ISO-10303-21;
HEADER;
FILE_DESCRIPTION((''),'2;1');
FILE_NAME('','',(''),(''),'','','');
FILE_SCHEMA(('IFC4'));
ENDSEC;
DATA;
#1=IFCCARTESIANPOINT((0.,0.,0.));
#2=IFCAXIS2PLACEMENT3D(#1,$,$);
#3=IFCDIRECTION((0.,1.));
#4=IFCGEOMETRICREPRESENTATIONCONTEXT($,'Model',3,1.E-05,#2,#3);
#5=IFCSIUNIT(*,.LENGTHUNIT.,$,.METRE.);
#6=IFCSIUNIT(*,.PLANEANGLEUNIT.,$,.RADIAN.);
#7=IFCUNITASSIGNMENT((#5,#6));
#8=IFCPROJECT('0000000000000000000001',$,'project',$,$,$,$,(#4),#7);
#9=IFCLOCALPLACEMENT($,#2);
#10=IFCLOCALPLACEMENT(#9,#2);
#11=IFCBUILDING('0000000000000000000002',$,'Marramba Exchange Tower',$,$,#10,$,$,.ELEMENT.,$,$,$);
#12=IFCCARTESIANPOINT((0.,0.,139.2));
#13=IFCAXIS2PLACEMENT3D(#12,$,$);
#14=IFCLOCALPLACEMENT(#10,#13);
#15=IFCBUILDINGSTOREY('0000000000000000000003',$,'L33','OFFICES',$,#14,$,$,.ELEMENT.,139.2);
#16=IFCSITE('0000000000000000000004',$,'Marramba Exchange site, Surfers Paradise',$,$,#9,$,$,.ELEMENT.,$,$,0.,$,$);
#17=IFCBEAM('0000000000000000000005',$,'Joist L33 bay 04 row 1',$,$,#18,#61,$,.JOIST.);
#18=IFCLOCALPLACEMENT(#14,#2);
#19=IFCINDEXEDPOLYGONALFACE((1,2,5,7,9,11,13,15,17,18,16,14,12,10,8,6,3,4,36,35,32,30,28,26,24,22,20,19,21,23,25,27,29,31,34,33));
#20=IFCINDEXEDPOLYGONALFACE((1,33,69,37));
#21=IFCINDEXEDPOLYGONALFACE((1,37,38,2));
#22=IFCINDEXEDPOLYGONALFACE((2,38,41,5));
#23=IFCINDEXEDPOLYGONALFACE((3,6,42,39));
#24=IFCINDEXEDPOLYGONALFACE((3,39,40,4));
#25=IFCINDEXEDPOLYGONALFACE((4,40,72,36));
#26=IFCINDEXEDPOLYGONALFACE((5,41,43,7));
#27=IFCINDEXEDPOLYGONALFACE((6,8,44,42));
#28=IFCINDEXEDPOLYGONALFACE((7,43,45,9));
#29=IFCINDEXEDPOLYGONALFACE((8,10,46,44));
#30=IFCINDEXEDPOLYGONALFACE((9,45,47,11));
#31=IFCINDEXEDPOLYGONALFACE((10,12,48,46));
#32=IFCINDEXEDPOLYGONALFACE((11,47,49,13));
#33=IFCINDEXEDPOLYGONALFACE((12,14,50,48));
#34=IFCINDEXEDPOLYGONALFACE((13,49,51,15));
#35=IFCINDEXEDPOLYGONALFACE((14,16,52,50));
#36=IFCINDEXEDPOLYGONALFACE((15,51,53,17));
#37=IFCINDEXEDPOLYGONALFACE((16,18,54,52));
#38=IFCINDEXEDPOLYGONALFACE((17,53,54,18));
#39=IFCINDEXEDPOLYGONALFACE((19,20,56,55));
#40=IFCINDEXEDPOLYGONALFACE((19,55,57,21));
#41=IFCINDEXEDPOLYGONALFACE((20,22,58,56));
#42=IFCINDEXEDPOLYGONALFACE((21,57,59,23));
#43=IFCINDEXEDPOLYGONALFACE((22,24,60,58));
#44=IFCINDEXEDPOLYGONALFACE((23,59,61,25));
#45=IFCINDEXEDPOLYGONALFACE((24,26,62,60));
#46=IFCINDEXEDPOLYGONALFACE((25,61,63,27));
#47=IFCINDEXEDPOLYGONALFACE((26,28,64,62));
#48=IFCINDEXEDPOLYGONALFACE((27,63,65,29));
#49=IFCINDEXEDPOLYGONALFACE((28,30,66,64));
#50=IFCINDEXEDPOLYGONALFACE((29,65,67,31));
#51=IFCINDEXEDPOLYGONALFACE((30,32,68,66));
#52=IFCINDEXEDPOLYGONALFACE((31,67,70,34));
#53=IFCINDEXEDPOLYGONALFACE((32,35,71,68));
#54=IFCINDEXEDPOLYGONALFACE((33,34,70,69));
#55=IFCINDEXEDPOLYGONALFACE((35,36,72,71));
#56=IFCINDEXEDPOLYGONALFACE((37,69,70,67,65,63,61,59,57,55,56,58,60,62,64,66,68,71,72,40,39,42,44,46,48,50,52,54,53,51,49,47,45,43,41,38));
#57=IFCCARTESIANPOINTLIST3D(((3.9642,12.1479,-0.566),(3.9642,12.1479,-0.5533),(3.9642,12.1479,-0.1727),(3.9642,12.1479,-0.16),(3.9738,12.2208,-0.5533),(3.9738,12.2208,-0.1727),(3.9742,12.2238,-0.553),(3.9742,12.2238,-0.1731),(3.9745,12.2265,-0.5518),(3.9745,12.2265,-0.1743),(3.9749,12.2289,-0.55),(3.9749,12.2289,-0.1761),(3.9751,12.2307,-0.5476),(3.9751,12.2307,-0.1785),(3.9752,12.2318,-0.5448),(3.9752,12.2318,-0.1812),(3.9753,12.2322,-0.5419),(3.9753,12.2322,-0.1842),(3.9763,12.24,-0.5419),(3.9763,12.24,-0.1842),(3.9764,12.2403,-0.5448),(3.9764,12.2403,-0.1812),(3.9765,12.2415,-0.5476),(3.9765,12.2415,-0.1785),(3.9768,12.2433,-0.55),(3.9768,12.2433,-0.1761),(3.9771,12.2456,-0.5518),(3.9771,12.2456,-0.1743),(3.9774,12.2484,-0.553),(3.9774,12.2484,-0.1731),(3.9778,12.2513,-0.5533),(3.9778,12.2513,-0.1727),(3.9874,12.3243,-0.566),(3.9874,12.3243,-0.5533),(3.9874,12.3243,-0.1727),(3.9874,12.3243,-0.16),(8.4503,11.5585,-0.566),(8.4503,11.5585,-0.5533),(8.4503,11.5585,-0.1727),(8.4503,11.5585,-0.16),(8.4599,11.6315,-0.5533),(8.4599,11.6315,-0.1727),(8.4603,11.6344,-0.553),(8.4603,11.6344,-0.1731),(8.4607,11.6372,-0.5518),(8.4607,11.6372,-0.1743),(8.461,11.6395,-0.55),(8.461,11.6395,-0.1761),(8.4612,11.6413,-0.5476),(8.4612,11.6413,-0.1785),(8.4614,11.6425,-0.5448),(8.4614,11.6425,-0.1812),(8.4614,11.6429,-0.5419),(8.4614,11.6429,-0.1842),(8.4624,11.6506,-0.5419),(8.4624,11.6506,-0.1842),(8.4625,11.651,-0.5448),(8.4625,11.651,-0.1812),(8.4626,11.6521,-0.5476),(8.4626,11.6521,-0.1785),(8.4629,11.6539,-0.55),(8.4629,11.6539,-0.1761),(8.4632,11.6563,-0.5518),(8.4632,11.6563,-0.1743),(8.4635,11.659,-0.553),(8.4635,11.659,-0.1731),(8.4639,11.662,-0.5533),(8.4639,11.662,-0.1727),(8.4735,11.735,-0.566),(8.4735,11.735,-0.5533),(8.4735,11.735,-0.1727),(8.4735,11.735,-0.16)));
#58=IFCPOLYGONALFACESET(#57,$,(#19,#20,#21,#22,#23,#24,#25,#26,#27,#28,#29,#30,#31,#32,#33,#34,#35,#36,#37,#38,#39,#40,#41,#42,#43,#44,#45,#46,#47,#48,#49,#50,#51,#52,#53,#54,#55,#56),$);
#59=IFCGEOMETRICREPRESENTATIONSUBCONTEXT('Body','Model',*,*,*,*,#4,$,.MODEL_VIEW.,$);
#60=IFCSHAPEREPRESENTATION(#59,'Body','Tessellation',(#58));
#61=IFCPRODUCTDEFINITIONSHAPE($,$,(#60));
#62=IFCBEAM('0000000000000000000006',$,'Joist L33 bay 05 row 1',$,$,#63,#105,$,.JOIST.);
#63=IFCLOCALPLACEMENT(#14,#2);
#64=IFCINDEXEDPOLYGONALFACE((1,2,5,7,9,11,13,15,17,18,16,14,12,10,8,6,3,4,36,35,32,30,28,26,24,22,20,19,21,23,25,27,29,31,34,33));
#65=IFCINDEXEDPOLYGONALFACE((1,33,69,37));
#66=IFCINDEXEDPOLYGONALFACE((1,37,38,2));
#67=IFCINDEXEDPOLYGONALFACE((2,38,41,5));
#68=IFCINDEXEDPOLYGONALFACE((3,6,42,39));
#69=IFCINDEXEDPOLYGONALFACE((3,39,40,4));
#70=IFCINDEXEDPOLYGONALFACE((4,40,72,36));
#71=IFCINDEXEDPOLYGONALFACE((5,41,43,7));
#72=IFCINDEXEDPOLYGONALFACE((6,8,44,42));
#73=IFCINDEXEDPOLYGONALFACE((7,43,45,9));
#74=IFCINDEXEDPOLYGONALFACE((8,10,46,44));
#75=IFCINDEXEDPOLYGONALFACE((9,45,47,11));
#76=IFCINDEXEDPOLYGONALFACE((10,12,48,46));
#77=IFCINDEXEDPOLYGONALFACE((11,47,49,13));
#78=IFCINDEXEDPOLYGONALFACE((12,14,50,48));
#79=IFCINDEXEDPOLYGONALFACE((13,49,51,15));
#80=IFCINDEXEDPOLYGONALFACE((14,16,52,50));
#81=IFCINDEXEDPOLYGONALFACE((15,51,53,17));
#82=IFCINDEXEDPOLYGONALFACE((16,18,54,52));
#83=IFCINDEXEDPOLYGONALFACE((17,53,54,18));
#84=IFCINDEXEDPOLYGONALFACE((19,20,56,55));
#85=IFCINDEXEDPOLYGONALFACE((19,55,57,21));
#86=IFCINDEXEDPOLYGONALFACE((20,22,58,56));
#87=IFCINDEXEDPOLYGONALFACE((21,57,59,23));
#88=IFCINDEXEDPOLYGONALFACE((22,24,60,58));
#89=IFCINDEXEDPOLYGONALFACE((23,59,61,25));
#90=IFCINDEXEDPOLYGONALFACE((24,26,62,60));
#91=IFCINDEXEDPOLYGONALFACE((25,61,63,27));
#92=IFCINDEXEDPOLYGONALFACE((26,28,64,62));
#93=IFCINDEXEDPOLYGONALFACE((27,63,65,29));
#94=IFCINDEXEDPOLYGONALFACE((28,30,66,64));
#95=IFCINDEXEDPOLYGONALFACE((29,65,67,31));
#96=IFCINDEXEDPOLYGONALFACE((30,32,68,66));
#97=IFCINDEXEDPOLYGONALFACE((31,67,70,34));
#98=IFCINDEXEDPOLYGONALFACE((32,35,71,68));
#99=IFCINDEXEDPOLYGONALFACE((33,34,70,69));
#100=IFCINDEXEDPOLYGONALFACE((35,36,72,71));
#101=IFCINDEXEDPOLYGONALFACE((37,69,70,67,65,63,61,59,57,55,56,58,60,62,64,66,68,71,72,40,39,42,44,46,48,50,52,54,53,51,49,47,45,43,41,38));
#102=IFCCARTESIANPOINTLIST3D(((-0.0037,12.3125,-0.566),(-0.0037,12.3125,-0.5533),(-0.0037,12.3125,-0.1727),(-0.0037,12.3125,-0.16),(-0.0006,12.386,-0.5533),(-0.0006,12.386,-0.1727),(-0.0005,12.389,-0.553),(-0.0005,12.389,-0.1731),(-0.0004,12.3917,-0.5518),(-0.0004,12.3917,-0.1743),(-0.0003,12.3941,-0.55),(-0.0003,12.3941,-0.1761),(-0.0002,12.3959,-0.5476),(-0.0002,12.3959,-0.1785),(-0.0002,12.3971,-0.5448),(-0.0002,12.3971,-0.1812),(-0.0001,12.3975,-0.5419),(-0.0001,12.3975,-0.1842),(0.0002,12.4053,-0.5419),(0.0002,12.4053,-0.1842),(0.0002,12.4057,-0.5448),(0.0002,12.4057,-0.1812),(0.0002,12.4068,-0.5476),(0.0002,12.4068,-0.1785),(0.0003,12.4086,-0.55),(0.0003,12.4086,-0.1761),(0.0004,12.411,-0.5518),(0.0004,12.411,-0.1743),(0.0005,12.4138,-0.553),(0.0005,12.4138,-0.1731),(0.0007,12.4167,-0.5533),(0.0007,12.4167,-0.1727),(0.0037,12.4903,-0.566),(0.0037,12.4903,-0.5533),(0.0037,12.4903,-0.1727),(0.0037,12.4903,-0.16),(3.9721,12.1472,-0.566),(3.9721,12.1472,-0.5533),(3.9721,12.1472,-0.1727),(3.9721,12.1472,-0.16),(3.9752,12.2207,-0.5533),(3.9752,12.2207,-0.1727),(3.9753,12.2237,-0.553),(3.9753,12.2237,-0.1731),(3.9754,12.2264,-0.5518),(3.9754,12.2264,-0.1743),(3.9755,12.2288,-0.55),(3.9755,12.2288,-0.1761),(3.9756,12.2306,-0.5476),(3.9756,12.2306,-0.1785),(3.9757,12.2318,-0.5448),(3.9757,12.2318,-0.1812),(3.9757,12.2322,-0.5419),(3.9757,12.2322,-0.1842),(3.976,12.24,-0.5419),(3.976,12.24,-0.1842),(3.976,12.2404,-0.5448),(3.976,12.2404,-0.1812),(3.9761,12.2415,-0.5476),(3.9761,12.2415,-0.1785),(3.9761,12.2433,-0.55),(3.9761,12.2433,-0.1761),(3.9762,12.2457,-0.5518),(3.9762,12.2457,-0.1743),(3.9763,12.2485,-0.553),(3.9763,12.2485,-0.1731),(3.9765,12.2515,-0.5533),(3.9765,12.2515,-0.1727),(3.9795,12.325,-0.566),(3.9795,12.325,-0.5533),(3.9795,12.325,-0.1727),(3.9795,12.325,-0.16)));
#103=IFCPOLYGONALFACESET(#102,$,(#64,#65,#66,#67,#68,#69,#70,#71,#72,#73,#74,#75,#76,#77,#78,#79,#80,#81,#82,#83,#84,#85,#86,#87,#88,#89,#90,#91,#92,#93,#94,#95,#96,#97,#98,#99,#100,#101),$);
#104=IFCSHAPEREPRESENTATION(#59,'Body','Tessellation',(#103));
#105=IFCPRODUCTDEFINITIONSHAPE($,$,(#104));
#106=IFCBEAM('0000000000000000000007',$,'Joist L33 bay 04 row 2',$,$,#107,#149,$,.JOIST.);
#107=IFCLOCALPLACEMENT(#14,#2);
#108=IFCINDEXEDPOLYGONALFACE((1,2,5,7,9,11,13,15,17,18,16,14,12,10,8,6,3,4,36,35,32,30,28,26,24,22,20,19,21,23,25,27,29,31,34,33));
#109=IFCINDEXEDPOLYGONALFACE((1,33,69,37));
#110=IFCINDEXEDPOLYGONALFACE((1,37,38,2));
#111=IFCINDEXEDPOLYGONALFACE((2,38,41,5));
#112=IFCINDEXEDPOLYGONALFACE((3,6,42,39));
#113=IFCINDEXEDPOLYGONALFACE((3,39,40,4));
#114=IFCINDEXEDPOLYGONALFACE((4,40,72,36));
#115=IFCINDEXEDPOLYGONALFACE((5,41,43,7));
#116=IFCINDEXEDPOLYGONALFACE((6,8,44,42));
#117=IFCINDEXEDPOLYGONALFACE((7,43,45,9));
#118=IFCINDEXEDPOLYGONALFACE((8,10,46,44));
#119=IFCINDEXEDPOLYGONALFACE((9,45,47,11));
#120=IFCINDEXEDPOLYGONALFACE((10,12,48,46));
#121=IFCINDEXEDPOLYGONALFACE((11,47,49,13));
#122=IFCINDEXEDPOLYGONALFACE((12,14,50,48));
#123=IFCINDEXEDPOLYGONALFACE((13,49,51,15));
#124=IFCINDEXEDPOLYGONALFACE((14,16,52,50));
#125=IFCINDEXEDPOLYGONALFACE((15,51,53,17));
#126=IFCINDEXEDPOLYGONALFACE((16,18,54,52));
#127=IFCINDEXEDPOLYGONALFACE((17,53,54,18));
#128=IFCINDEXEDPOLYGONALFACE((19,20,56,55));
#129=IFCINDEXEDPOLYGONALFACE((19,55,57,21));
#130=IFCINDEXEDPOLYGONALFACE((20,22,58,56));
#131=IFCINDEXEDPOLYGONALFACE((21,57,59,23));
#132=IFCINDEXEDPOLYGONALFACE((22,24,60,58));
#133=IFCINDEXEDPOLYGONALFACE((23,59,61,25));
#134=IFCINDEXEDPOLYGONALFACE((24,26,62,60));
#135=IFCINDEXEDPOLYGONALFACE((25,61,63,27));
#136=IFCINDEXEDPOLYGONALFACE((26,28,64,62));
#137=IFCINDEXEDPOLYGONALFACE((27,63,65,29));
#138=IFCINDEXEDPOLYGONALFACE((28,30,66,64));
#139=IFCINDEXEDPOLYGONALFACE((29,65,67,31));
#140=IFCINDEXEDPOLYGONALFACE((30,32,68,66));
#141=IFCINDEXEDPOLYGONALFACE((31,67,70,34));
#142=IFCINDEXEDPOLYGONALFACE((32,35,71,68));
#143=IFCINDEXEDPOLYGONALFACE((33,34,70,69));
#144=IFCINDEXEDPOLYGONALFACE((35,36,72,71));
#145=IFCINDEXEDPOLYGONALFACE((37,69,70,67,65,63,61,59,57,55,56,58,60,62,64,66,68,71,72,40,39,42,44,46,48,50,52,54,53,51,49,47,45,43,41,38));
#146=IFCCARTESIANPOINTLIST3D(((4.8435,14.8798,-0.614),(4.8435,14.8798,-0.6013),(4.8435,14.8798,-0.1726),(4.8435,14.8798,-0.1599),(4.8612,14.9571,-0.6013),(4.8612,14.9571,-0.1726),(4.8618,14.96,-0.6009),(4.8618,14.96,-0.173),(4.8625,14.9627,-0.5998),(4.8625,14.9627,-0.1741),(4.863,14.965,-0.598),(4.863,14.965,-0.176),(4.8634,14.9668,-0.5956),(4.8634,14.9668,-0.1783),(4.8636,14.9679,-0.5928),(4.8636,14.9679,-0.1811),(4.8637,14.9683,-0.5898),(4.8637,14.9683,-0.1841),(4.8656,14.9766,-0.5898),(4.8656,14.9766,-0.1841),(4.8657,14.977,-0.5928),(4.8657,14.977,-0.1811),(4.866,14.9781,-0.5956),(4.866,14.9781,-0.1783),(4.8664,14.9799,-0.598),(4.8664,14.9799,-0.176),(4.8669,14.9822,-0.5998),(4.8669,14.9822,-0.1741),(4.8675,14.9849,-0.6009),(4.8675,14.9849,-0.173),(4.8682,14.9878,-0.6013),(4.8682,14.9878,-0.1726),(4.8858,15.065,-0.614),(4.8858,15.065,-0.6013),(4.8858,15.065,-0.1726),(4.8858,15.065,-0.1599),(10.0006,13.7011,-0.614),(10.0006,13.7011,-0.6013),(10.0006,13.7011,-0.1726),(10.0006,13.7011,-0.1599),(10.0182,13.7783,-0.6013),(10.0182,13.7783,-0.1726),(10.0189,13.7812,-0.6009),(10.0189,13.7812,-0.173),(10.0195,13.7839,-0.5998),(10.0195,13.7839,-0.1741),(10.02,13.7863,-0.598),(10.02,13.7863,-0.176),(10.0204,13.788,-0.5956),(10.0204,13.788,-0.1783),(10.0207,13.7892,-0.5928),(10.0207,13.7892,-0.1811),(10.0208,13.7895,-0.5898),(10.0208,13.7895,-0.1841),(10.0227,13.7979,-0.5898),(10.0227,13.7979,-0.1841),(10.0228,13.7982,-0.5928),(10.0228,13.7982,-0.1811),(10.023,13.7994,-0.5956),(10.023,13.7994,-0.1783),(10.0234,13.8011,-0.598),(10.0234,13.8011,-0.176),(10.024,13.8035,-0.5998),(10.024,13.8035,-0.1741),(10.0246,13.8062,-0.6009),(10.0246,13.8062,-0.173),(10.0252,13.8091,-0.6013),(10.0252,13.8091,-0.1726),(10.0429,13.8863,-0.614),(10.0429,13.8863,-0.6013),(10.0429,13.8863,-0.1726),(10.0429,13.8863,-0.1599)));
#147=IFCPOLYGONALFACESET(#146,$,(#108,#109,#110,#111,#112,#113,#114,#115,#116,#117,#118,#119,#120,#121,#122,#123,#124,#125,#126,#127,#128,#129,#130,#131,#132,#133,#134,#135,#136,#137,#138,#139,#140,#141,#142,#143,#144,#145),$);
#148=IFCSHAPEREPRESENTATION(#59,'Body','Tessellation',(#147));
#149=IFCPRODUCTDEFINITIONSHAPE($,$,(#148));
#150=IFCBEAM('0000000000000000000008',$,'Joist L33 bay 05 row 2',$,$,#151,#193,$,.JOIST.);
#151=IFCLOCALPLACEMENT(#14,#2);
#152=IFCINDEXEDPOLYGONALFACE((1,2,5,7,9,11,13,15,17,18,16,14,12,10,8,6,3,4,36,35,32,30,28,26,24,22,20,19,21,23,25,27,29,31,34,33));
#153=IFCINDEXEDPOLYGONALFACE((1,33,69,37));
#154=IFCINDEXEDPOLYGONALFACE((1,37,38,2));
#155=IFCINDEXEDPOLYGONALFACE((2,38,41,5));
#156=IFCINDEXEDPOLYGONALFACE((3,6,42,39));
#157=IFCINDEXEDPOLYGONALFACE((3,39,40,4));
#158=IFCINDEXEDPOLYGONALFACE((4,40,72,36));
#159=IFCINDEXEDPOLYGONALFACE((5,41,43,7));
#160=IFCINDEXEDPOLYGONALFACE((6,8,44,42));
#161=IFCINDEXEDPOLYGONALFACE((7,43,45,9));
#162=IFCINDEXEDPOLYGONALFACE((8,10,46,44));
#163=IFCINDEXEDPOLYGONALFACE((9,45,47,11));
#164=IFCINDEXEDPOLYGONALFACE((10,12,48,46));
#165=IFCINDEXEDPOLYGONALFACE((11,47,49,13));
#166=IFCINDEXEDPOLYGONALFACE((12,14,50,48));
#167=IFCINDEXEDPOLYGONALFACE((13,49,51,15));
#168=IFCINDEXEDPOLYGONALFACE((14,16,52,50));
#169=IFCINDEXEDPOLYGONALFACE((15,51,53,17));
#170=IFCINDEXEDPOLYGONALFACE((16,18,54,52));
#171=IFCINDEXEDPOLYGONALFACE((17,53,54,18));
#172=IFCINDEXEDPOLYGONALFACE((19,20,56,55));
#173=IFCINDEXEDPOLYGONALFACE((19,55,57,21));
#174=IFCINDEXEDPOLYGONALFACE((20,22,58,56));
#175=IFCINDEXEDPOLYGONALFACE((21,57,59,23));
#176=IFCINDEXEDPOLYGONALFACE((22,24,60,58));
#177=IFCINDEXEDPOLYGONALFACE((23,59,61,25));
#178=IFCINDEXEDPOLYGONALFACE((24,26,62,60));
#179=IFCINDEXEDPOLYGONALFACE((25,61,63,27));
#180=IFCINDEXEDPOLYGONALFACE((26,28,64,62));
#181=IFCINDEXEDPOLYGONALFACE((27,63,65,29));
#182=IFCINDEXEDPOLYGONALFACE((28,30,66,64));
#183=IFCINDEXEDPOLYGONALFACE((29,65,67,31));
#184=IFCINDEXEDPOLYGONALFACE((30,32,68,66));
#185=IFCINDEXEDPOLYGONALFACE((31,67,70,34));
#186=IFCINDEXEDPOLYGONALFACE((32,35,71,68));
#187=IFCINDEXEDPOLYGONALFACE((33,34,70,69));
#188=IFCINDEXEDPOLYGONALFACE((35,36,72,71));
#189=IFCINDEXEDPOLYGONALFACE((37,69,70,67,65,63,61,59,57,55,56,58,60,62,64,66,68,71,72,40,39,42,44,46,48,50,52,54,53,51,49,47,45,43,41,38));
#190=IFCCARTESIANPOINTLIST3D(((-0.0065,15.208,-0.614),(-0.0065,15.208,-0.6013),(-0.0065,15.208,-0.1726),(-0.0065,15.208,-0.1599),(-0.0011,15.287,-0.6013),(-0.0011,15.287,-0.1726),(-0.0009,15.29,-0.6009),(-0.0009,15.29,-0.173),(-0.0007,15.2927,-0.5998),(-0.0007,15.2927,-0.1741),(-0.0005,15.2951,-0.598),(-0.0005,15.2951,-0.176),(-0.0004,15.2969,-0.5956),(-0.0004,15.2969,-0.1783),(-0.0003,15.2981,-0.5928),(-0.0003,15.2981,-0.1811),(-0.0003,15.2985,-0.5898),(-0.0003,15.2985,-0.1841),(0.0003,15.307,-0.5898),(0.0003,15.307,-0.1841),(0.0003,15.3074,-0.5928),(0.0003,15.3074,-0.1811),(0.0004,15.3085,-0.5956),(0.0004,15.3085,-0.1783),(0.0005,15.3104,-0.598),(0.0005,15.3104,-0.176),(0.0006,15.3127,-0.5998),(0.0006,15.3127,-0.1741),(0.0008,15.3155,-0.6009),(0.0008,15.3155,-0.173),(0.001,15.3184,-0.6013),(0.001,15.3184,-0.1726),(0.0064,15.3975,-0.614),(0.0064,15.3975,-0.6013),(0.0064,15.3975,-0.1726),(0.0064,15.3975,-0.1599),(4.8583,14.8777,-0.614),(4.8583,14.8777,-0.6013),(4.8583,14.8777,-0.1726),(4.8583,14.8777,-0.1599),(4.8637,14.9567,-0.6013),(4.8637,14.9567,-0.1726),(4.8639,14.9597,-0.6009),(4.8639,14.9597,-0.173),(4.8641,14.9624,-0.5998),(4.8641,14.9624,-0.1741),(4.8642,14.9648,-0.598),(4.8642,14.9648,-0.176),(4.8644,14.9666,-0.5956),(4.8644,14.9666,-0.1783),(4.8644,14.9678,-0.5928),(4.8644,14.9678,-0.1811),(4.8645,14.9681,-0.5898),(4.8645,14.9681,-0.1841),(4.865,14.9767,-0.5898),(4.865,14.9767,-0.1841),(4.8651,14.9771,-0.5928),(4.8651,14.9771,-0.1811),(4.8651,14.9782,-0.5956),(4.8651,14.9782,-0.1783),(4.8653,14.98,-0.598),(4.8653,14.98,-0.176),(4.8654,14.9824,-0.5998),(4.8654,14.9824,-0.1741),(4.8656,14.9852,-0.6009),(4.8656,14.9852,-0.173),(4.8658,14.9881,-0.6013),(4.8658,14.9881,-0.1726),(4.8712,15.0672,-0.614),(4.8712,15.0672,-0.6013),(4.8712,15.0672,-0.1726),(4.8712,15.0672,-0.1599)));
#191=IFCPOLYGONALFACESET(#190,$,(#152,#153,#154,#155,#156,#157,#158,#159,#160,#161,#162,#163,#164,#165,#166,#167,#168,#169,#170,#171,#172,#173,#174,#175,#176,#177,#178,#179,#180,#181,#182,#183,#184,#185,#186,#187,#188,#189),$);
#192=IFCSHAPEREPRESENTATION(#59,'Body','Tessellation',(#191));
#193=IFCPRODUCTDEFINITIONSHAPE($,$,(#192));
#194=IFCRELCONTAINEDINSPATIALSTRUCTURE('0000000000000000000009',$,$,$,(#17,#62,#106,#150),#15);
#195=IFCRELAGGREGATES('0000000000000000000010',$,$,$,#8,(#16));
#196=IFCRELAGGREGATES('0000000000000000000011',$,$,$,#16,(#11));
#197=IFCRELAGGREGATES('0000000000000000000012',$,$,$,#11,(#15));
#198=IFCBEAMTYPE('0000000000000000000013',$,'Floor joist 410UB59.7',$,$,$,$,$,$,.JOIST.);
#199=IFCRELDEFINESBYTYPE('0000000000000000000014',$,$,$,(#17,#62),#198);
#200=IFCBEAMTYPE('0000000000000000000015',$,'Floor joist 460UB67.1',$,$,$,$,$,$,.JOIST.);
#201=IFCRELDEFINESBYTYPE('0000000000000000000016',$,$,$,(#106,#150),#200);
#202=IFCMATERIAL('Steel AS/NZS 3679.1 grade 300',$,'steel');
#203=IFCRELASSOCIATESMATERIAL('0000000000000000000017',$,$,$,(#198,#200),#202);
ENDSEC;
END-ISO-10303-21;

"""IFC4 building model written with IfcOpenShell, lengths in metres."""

from ifc_helpers import new_model, si_unit, direction, frame, origin, origin_2d, place, context, subcontext, project, spatial, i_section, extrude, material, material_profile, profile_set, type_object, element, save


model = new_model("IFC4")

# Units and contexts
model_context = context("Model", 3, precision=1e-05, world=origin(), true_north=direction((0.0, 1.0)))
body_context = subcontext(model_context, "Body", "Model", "MODEL_VIEW")
ifc_project = project(units=[si_unit("LENGTHUNIT", "METRE"), si_unit("PLANEANGLEUNIT", "RADIAN")], contexts=[model_context])

# Site, building, storey
site_placement = place(None, origin())
site = spatial("IfcSite", under=ifc_project, at=site_placement, Name="Marramba Exchange site, Surfers Paradise", CompositionType="ELEMENT", RefElevation=0.0)
building_placement = place(site_placement, origin())
building = spatial("IfcBuilding", under=site, at=building_placement, Name="Marramba Exchange Tower", CompositionType="ELEMENT")
storey_placement = place(building_placement, frame((0.0, 0.0, 139.2)))
storey = spatial("IfcBuildingStorey", under=building, at=storey_placement, Name="L33", Description="OFFICES", CompositionType="ELEMENT", Elevation=139.2)

# Beams
ifc_material_1 = material(Name="Steel AS/NZS 3679.1 grade 300", Category="steel")
ifc_material_profile_1 = material_profile(ifc_material_1, i_section(OverallWidth=0.178, OverallDepth=0.406, WebThickness=0.0078, FlangeThickness=0.0127, FilletRadius=0.0115, at=origin_2d()), Name="410UB59.7")
ifc_profile_set_1 = profile_set([ifc_material_profile_1], Name="Steel AS/NZS 3679.1 grade 300")
beam_type_1 = type_object("IfcBeamType", Name="Floor joist 410UB59.7", PredefinedType="JOIST", material=ifc_profile_set_1)
beam_1_placement = place(storey_placement, frame((8.4619, 11.6467, -0.363), z_axis=(-0.991481, 0.130255, 0.0), x_axis=(-0.130255, -0.991481, 0.0)))
element("IfcBeam", 1, at=beam_1_placement, inside=storey, type_object=beam_type_1, Name="Joist L33 bay 04 row 1", PredefinedType="JOIST", context=body_context, shape_type="SweptSolid", body=[
    extrude(i_section(OverallWidth=0.178, OverallDepth=0.406, WebThickness=0.0078, FlangeThickness=0.0127, FilletRadius=0.0115, at=origin_2d()), origin(), (0.0, 0.0, 1.0), 4.5247),
])
beam_2_placement = place(storey_placement, frame((3.9758, 12.2361, -0.363), z_axis=(-0.999137, 0.041536, 0.0), x_axis=(-0.041536, -0.999137, 0.0)))
element("IfcBeam", 2, at=beam_2_placement, inside=storey, type_object=beam_type_1, Name="Joist L33 bay 05 row 1", PredefinedType="JOIST", context=body_context, shape_type="SweptSolid", body=[
    extrude(i_section(OverallWidth=0.178, OverallDepth=0.406, WebThickness=0.0078, FlangeThickness=0.0127, FilletRadius=0.0115, at=origin_2d()), origin(), (0.0, 0.0, 1.0), 3.9792),
])
ifc_material_profile_2 = material_profile(ifc_material_1, i_section(OverallWidth=0.1899, OverallDepth=0.4541, WebThickness=0.0085, FlangeThickness=0.0127, FilletRadius=0.0115, at=origin_2d()), Name="460UB67.1")
ifc_profile_set_2 = profile_set([ifc_material_profile_2], Name="Steel AS/NZS 3679.1 grade 300")
beam_type_2 = type_object("IfcBeamType", Name="Floor joist 460UB67.1", PredefinedType="JOIST", material=ifc_profile_set_2)
beam_3_placement = place(storey_placement, frame((10.0217, 13.7937, -0.387), z_axis=(-0.97486, 0.22282, 0.0), x_axis=(-0.22282, -0.97486, 0.0)))
element("IfcBeam", 3, at=beam_3_placement, inside=storey, type_object=beam_type_2, Name="Joist L33 bay 04 row 2", PredefinedType="JOIST", context=body_context, shape_type="SweptSolid", body=[
    extrude(i_section(OverallWidth=0.1899, OverallDepth=0.4541, WebThickness=0.0085, FlangeThickness=0.0127, FilletRadius=0.0115, at=origin_2d()), origin(), (0.0, 0.0, 1.0), 5.29),
])
beam_4_placement = place(storey_placement, frame((4.8647, 14.9724, -0.387), z_axis=(-0.997703, 0.067745, 0.0), x_axis=(-0.067745, -0.997703, 0.0)))
element("IfcBeam", 4, at=beam_4_placement, inside=storey, type_object=beam_type_2, Name="Joist L33 bay 05 row 2", PredefinedType="JOIST", context=body_context, shape_type="SweptSolid", body=[
    extrude(i_section(OverallWidth=0.1899, OverallDepth=0.4541, WebThickness=0.0085, FlangeThickness=0.0127, FilletRadius=0.0115, at=origin_2d()), origin(), (0.0, 0.0, 1.0), 4.876),
])

save(model, "model.ifc")
